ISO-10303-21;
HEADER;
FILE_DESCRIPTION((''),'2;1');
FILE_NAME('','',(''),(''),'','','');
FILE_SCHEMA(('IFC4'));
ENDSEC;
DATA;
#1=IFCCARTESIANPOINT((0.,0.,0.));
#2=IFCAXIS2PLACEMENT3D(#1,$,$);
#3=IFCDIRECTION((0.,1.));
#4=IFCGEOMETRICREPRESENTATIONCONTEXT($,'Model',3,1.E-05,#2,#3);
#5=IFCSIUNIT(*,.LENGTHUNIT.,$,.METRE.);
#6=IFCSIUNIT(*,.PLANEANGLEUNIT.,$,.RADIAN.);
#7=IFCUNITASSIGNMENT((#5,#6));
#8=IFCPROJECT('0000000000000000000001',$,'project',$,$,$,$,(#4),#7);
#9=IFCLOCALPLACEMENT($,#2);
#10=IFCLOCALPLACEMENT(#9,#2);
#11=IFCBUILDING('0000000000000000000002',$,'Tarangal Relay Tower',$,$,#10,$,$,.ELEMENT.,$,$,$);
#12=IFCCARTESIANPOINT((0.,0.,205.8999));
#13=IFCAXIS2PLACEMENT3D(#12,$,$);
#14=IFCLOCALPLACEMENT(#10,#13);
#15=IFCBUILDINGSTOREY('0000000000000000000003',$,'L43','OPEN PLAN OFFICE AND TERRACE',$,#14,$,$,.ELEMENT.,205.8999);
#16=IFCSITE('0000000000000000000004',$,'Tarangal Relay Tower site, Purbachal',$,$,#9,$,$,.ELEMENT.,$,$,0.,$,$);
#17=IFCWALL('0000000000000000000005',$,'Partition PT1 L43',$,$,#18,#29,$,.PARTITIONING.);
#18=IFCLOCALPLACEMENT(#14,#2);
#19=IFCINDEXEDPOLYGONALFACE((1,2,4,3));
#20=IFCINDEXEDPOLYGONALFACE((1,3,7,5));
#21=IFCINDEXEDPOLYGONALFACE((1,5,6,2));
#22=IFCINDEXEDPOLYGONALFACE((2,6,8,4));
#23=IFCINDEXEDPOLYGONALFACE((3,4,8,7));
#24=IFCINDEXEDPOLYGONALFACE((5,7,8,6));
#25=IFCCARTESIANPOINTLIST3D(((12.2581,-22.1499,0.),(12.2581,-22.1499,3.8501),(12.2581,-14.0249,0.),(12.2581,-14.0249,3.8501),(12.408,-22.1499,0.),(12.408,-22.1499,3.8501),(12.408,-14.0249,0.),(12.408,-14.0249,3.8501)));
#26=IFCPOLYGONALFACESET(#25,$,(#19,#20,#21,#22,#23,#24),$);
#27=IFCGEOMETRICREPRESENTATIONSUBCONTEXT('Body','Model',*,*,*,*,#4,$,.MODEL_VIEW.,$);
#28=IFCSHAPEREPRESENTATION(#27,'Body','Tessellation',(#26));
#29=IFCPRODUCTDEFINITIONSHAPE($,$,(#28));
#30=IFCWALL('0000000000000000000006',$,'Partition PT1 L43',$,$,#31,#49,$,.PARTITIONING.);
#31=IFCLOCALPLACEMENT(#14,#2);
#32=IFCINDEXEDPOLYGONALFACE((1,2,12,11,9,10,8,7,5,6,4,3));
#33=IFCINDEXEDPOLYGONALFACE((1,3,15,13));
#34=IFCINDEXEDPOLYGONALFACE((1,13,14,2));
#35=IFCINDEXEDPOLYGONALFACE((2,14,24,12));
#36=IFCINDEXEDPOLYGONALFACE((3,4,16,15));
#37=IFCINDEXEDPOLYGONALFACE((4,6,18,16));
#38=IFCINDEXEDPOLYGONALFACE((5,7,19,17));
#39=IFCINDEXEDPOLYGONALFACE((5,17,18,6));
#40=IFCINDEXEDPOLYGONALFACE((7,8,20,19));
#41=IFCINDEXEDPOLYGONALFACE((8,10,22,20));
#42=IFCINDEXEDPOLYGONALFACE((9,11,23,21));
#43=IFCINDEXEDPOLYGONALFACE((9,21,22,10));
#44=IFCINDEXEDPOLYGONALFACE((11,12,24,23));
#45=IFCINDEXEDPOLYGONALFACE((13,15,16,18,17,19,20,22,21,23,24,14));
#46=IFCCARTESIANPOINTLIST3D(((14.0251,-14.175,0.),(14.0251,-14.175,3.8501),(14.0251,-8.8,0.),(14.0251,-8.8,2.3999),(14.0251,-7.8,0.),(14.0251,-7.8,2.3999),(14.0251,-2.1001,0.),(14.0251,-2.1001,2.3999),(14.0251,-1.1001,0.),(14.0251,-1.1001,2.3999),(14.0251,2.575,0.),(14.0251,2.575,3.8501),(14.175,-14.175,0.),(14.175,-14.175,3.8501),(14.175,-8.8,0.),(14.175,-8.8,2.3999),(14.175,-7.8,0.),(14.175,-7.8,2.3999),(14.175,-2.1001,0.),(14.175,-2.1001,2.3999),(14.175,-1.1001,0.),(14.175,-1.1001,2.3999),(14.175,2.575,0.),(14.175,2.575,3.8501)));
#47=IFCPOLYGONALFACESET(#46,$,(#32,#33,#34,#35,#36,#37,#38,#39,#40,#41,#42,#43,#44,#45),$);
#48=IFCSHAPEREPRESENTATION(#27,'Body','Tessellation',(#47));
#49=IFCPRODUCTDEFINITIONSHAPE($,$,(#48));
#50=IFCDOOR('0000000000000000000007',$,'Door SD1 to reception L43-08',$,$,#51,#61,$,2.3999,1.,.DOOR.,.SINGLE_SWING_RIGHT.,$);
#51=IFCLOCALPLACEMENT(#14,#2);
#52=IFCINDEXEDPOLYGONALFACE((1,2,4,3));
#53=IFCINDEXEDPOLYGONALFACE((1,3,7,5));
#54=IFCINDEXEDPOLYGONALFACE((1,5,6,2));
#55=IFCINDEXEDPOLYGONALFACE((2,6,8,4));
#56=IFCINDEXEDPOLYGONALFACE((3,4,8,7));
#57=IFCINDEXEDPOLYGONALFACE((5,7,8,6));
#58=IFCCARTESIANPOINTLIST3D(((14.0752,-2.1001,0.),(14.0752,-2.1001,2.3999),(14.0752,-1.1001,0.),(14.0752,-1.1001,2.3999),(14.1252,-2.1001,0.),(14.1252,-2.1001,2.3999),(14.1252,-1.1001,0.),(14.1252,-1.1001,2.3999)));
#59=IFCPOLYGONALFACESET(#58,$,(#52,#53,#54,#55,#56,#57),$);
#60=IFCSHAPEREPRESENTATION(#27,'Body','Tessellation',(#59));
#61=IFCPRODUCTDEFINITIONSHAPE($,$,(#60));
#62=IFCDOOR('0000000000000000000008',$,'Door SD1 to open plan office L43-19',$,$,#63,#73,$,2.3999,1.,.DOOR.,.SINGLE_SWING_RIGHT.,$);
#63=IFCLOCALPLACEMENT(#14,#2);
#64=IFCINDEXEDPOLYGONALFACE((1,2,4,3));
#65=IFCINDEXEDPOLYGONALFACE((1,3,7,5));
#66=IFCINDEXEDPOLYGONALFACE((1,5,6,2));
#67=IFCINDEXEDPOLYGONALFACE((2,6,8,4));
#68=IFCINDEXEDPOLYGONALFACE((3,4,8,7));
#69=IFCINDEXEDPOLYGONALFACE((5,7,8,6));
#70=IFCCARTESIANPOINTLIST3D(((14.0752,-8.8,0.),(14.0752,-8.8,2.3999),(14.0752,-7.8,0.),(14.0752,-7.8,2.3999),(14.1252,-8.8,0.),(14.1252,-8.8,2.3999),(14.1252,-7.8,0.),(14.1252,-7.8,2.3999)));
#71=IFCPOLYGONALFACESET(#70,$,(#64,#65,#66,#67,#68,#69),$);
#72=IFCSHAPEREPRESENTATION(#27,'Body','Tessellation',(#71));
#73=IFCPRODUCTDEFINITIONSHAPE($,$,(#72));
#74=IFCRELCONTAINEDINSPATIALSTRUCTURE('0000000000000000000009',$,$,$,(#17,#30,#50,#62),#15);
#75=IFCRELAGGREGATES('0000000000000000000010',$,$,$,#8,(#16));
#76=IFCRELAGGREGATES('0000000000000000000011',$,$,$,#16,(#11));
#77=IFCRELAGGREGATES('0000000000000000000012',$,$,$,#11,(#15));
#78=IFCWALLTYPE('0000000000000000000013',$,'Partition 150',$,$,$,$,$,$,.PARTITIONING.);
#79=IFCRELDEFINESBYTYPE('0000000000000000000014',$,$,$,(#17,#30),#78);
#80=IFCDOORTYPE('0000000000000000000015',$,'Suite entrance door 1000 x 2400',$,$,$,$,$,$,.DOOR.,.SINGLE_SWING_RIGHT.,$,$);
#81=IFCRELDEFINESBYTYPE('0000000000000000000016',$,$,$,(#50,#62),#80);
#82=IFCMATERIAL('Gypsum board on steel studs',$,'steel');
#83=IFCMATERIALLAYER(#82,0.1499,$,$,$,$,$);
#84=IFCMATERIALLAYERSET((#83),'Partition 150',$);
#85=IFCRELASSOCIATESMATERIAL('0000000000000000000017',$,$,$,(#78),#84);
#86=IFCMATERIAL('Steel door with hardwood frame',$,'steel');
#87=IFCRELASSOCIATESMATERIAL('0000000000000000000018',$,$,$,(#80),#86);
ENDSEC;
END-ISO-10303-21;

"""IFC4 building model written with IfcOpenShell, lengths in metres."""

from ifc_helpers import new_model, si_unit, direction, frame, frame_2d, origin, place, context, subcontext, project, spatial, rectangle, extrude, material, layer, layer_set, type_object, element, fill, save


model = new_model("IFC4")

# Units and contexts
model_context = context("Model", 3, precision=1e-05, world=origin(), true_north=direction((0.0, 1.0)))
body_context = subcontext(model_context, "Body", "Model", "MODEL_VIEW")
ifc_project = project(units=[si_unit("LENGTHUNIT", "METRE"), si_unit("PLANEANGLEUNIT", "RADIAN")], contexts=[model_context])

# Site, building, storey
site_placement = place(None, origin())
site = spatial("IfcSite", under=ifc_project, at=site_placement, Name="Tarangal Relay Tower site, Purbachal", CompositionType="ELEMENT", RefElevation=0.0)
building_placement = place(site_placement, origin())
building = spatial("IfcBuilding", under=site, at=building_placement, Name="Tarangal Relay Tower", CompositionType="ELEMENT")
storey_placement = place(building_placement, frame((0.0, 0.0, 205.8999)))
storey = spatial("IfcBuildingStorey", under=building, at=storey_placement, Name="L43", Description="OPEN PLAN OFFICE AND TERRACE", CompositionType="ELEMENT", Elevation=205.8999)

# Wall
ifc_material_1 = material(Name="Gypsum board on steel studs", Category="steel")
ifc_layer_1 = layer(ifc_material_1, 0.1499)
ifc_layer_set_1 = layer_set([ifc_layer_1], Name="Partition 150")
wall_type_1 = type_object("IfcWallType", Name="Partition 150", PredefinedType="PARTITIONING", material=ifc_layer_set_1)
wall_1_placement = place(storey_placement, frame((12.333, -22.1499, 0.0), z_axis=(0.0, 0.0, 1.0), x_axis=(0.0, 1.0, 0.0)))
element("IfcWall", 1, at=wall_1_placement, inside=storey, type_object=wall_type_1, Name="Partition PT1 L43", PredefinedType="PARTITIONING", context=body_context, shape_type="SweptSolid", body=[
    extrude(rectangle(XDim=8.125, YDim=0.1499, at=frame_2d((4.0625, 0.0))), origin(), (0.0, 0.0, 1.0), 3.8501),
])

# Wall, openings, doors
wall_2_placement = place(storey_placement, frame((14.1001, -14.175, 0.0), z_axis=(0.0, 0.0, 1.0), x_axis=(0.0, 1.0, 0.0)))
wall_2 = element("IfcWall", 2, at=wall_2_placement, inside=storey, type_object=wall_type_1, Name="Partition PT1 L43", PredefinedType="PARTITIONING", context=body_context, shape_type="SweptSolid", body=[
    extrude(rectangle(XDim=16.75, YDim=0.1499, at=frame_2d((8.375, 0.0))), origin(), (0.0, 0.0, 1.0), 3.8501),
])
opening_1_placement = place(wall_2_placement, frame((12.075, 0.0, 0.0)))
opening_1 = element("IfcOpeningElement", 3, at=opening_1_placement, cuts=wall_2, PredefinedType="OPENING", context=body_context, shape_type="SweptSolid", body=[
    extrude(rectangle(XDim=1.0, YDim=2.3999, at=frame_2d((0.5, 1.2))), frame((0.0, 0.085, 0.0), z_axis=(0.0, -1.0, 0.0), x_axis=(1.0, 0.0, 0.0)), (0.0, 0.0, 1.0), 0.1699),
])
opening_2_placement = place(wall_2_placement, frame((5.375, 0.0, 0.0)))
opening_2 = element("IfcOpeningElement", 4, at=opening_2_placement, cuts=wall_2, PredefinedType="OPENING", context=body_context, shape_type="SweptSolid", body=[
    extrude(rectangle(XDim=1.0, YDim=2.3999, at=frame_2d((0.5, 1.2))), frame((0.0, 0.085, 0.0), z_axis=(0.0, -1.0, 0.0), x_axis=(1.0, 0.0, 0.0)), (0.0, 0.0, 1.0), 0.1699),
])
ifc_material_2 = material(Name="Steel door with hardwood frame", Category="steel")
door_type_1 = type_object("IfcDoorType", Name="Suite entrance door 1000 x 2400", OperationType="SINGLE_SWING_RIGHT", PredefinedType="DOOR", material=ifc_material_2)
door_1_placement = place(opening_1_placement, origin())
door_1 = element("IfcDoor", 5, at=door_1_placement, inside=storey, type_object=door_type_1, Name="Door SD1 to reception L43-08", OperationType="SINGLE_SWING_RIGHT", OverallHeight=2.3999, OverallWidth=1.0, PredefinedType="DOOR", context=body_context, shape_type="SweptSolid", body=[
    extrude(rectangle(XDim=1.0, YDim=2.3999, at=frame_2d((0.5, 1.2))), frame((0.0, 0.0249, 0.0), z_axis=(0.0, -1.0, 0.0), x_axis=(1.0, 0.0, 0.0)), (0.0, 0.0, 1.0), 0.05),
])
fill(opening_1, door_1)
door_2_placement = place(opening_2_placement, origin())
door_2 = element("IfcDoor", 6, at=door_2_placement, inside=storey, type_object=door_type_1, Name="Door SD1 to open plan office L43-19", OperationType="SINGLE_SWING_RIGHT", OverallHeight=2.3999, OverallWidth=1.0, PredefinedType="DOOR", context=body_context, shape_type="SweptSolid", body=[
    extrude(rectangle(XDim=1.0, YDim=2.3999, at=frame_2d((0.5, 1.2))), frame((0.0, 0.0249, 0.0), z_axis=(0.0, -1.0, 0.0), x_axis=(1.0, 0.0, 0.0)), (0.0, 0.0, 1.0), 0.05),
])
fill(opening_2, door_2)

save(model, "model.ifc")
